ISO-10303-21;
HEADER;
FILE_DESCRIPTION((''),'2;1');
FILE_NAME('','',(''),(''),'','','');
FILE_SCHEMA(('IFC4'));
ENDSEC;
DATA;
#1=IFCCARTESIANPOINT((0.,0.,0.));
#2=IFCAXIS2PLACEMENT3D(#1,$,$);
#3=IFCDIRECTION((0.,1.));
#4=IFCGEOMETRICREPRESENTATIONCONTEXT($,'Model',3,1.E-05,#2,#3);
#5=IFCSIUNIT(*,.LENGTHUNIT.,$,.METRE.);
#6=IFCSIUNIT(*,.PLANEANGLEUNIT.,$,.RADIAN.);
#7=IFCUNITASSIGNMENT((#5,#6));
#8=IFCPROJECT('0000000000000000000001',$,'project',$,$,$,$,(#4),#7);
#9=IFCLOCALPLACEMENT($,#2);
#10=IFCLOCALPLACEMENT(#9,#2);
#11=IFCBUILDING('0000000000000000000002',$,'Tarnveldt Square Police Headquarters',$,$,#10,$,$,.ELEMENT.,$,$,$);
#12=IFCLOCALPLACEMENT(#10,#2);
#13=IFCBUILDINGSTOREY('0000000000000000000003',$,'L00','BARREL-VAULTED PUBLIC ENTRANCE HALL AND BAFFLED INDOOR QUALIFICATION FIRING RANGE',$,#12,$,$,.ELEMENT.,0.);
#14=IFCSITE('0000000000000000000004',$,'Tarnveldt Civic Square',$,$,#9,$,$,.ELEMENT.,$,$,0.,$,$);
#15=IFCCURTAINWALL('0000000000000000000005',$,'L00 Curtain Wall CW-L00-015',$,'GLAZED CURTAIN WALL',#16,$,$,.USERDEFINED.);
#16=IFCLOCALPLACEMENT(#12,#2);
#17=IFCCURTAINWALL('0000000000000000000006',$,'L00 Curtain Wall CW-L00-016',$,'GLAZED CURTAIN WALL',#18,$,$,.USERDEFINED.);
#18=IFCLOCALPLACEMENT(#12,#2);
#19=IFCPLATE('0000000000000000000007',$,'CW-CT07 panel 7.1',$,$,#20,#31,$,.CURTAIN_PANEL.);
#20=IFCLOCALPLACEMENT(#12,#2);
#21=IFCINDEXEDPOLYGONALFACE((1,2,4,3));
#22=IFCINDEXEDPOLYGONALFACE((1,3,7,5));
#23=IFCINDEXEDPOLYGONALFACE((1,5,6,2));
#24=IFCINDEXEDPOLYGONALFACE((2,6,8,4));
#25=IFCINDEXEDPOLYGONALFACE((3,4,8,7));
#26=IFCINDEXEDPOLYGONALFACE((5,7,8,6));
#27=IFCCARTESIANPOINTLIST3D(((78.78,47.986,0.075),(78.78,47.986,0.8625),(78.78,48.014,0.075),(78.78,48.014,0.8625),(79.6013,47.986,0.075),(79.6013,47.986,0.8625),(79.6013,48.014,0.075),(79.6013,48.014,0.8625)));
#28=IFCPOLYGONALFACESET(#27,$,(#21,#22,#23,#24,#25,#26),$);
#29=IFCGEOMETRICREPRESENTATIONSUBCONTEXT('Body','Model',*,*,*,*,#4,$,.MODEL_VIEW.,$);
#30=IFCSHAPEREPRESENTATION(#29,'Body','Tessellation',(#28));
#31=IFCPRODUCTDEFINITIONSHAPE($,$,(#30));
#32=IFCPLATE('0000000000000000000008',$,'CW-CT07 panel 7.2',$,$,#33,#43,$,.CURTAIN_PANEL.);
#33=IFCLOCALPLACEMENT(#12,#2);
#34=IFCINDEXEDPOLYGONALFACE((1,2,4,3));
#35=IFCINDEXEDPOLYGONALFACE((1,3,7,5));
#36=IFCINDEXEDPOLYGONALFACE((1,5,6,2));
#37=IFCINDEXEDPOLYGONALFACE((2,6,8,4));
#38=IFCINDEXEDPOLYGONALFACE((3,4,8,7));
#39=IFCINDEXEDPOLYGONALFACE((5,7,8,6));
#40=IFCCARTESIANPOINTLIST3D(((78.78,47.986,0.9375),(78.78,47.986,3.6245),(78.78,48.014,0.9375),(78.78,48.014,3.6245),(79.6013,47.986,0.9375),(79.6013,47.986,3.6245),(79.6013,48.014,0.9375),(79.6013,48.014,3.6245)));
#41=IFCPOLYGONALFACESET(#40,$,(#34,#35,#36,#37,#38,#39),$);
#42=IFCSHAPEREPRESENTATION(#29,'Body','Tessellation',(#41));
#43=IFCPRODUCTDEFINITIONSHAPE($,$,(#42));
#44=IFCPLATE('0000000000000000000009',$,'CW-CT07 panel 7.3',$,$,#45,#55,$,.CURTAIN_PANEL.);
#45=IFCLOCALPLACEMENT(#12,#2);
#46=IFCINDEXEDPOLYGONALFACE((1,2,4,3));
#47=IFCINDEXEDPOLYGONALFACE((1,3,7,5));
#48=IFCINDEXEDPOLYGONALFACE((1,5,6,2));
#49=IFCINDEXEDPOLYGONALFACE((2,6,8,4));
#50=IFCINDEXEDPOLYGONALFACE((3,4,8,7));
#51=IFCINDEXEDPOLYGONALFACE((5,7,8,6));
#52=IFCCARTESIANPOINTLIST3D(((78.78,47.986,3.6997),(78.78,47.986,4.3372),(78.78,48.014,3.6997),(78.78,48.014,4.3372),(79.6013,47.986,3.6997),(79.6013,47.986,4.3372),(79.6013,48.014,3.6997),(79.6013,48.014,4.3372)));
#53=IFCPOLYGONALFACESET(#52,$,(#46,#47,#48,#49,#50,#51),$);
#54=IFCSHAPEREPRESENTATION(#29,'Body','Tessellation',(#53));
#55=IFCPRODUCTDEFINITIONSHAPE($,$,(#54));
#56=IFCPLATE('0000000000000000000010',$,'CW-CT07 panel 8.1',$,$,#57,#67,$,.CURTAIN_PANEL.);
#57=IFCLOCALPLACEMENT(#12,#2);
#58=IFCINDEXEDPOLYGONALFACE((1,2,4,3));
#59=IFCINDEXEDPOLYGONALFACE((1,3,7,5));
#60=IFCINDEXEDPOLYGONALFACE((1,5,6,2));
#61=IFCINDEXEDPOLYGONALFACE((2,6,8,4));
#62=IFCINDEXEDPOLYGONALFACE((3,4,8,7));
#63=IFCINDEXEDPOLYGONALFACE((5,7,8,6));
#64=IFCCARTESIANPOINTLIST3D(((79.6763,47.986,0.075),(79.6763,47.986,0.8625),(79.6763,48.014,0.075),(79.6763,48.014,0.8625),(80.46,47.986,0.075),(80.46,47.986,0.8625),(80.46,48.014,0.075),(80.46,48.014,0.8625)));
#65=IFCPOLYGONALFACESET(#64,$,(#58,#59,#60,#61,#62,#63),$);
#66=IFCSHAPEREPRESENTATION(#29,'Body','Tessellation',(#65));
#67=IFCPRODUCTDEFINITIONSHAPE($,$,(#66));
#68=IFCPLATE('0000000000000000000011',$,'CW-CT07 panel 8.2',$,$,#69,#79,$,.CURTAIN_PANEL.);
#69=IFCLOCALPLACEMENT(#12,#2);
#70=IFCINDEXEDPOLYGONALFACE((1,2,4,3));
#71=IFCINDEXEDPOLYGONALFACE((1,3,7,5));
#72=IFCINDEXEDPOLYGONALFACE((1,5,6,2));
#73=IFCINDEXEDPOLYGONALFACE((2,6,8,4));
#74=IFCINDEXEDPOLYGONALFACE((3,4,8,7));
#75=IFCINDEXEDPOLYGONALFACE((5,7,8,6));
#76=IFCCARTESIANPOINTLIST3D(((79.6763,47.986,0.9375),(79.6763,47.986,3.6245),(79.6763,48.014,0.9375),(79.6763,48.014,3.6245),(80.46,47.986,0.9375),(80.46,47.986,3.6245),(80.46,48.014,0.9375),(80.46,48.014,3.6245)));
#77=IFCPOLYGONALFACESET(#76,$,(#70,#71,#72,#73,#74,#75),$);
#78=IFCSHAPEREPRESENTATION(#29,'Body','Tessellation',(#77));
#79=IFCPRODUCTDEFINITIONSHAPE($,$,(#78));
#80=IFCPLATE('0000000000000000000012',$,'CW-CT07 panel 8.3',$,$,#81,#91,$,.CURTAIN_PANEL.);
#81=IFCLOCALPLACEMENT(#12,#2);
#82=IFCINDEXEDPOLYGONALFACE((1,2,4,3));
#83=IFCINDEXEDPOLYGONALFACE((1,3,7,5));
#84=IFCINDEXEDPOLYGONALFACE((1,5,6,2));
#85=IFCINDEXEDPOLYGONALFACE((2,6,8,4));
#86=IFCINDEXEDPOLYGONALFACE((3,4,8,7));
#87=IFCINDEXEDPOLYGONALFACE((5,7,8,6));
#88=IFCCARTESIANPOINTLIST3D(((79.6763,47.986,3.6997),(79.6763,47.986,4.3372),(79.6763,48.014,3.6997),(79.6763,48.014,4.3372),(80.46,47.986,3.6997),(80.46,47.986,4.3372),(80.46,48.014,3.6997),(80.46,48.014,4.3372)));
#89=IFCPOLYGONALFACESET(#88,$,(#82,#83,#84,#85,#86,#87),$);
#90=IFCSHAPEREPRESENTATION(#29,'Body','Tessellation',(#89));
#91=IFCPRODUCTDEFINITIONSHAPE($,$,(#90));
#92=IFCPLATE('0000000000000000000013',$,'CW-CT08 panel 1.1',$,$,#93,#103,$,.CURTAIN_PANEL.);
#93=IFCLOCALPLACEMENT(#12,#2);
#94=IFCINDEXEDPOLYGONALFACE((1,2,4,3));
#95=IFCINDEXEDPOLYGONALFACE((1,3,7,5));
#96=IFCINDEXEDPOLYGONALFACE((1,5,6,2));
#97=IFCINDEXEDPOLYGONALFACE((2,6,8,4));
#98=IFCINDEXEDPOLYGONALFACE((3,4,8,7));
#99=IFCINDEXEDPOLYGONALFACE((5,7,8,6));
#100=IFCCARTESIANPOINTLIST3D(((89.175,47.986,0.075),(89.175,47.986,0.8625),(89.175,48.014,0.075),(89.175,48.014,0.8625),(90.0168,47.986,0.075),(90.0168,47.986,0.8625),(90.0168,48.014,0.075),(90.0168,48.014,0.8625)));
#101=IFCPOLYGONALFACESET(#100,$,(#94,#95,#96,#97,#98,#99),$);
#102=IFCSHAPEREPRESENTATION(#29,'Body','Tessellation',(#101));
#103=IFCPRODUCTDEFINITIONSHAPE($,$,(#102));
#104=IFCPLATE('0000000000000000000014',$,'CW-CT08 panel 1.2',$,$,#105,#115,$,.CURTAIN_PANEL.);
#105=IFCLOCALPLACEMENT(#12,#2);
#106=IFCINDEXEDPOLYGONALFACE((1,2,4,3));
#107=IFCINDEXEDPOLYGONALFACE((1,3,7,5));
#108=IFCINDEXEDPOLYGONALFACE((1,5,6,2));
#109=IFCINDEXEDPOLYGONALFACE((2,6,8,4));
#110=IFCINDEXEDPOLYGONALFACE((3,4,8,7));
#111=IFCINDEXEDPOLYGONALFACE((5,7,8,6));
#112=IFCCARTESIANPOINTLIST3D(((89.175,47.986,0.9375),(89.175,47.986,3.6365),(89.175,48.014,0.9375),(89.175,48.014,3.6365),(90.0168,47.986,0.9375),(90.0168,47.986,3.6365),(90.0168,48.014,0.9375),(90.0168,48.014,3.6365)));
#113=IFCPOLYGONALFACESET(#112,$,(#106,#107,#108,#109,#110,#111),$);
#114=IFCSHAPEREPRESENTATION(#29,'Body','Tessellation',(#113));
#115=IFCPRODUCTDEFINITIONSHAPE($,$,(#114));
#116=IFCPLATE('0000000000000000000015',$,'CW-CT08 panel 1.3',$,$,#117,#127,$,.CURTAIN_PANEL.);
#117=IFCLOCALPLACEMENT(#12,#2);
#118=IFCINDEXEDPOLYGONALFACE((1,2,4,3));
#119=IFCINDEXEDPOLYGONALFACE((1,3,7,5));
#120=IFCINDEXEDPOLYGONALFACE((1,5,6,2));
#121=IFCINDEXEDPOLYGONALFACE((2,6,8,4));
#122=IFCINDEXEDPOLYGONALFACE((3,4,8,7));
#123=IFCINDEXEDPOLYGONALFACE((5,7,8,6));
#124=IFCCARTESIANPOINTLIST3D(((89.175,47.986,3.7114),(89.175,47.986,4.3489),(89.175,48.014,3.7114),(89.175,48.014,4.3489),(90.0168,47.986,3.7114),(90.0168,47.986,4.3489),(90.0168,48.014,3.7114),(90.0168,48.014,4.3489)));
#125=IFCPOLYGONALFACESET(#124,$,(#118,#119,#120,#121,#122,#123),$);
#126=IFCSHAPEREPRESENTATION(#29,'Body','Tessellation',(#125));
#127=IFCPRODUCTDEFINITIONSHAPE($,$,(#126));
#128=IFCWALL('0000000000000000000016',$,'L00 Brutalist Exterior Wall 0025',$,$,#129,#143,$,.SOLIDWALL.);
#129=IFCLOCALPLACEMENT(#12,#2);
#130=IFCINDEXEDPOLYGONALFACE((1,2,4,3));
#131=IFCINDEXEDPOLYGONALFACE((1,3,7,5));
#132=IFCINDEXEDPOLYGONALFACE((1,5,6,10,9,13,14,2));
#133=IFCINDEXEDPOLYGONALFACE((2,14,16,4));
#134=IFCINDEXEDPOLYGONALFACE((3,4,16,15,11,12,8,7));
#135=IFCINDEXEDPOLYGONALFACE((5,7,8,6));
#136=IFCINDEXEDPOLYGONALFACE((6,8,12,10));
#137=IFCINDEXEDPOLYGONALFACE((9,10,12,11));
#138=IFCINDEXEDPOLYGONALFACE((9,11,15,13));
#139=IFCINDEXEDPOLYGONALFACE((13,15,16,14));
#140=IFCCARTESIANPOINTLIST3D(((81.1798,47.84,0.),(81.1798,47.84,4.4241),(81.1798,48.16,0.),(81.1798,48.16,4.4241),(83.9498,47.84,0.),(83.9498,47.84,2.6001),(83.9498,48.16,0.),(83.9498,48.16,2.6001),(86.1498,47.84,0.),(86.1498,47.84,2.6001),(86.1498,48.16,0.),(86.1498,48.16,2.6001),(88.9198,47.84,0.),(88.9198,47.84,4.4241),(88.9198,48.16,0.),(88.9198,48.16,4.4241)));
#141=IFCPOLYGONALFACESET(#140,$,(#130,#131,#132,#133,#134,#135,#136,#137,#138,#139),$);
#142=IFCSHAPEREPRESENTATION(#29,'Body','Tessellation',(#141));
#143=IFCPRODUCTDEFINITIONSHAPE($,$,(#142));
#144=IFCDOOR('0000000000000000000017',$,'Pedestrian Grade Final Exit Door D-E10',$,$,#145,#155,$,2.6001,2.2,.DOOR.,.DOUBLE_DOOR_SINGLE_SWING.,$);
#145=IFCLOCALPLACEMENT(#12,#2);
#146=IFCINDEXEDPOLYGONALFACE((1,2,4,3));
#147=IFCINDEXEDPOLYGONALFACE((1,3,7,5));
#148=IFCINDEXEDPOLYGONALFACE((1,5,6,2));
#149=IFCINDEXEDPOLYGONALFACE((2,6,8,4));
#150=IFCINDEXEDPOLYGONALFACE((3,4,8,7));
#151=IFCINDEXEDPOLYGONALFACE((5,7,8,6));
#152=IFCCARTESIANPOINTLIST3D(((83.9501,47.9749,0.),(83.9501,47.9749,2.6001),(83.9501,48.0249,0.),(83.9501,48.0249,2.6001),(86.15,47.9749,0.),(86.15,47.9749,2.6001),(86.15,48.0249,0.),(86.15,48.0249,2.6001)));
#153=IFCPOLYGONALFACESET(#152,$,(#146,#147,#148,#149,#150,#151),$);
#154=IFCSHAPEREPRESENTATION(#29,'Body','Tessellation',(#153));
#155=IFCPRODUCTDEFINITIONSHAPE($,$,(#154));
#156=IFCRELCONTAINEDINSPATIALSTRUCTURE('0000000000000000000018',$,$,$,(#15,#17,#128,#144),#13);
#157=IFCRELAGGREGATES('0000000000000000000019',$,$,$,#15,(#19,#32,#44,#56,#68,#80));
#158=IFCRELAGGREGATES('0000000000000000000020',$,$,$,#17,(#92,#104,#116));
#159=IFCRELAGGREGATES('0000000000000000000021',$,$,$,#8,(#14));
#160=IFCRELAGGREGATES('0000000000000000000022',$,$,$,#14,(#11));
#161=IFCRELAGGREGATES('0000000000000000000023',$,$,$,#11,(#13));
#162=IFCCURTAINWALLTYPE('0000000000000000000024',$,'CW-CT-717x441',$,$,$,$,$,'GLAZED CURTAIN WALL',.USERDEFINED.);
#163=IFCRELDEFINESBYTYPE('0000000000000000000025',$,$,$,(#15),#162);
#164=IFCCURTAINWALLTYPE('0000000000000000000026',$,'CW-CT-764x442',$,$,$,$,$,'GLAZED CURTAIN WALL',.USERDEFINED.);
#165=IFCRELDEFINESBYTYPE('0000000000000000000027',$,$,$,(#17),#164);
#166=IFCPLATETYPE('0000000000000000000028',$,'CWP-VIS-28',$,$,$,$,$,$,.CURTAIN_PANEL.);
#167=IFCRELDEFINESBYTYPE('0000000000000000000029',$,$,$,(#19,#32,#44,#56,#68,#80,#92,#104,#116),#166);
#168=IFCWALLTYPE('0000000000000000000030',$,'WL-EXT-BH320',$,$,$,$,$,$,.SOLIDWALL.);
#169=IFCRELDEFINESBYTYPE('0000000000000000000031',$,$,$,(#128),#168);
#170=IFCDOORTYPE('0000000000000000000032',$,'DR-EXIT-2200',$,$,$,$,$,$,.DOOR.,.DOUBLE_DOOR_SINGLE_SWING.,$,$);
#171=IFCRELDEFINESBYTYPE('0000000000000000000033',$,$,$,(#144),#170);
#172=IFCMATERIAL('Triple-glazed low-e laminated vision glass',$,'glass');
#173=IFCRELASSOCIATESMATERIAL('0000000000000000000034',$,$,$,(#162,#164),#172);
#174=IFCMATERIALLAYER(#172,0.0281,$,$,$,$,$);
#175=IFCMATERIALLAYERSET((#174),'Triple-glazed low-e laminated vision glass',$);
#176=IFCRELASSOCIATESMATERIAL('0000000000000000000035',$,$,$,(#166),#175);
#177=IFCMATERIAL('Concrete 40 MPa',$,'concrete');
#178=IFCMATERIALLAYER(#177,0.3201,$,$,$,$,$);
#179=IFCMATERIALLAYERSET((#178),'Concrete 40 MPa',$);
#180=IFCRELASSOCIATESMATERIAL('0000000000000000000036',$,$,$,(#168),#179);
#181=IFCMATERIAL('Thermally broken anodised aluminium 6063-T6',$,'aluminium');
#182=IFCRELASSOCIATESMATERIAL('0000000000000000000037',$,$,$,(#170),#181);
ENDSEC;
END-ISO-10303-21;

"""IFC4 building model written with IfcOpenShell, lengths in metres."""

from ifc_helpers import new_model, si_unit, direction, frame, frame_2d, origin, origin_2d, place, context, subcontext, project, spatial, rectangle, extrude, material, layer, layer_set, type_object, element, fill, aggregate, save


model = new_model("IFC4")

# Units and contexts
model_context = context("Model", 3, precision=1e-05, world=origin(), true_north=direction((0.0, 1.0)))
body_context = subcontext(model_context, "Body", "Model", "MODEL_VIEW")
ifc_project = project(units=[si_unit("LENGTHUNIT", "METRE"), si_unit("PLANEANGLEUNIT", "RADIAN")], contexts=[model_context])

# Site, building, storey
site_placement = place(None, origin())
site = spatial("IfcSite", under=ifc_project, at=site_placement, Name="Tarnveldt Civic Square", CompositionType="ELEMENT", RefElevation=0.0)
building_placement = place(site_placement, origin())
building = spatial("IfcBuilding", under=site, at=building_placement, Name="Tarnveldt Square Police Headquarters", CompositionType="ELEMENT")
storey_placement = place(building_placement, origin())
storey = spatial("IfcBuildingStorey", under=building, at=storey_placement, Name="L00", Description="BARREL-VAULTED PUBLIC ENTRANCE HALL AND BAFFLED INDOOR QUALIFICATION FIRING RANGE", CompositionType="ELEMENT", Elevation=0.0)

# Curtain wall
ifc_material_1 = material(Name="Triple-glazed low-e laminated vision glass", Category="glass")
curtain_wall_type_1 = type_object("IfcCurtainWallType", Name="CW-CT-717x441", ElementType="GLAZED CURTAIN WALL", PredefinedType="USERDEFINED", material=ifc_material_1)
curtain_wall_1_placement = place(storey_placement, origin())
curtain_wall_1 = element("IfcCurtainWall", 1, at=curtain_wall_1_placement, inside=storey, type_object=curtain_wall_type_1, Name="L00 Curtain Wall CW-L00-015", ObjectType="GLAZED CURTAIN WALL", PredefinedType="USERDEFINED")
ifc_material_2 = material(Name="Thermally broken anodised aluminium 6063-T6", Category="aluminium")

# Curtain wall
curtain_wall_type_2 = type_object("IfcCurtainWallType", Name="CW-CT-764x442", ElementType="GLAZED CURTAIN WALL", PredefinedType="USERDEFINED", material=ifc_material_1)
curtain_wall_2_placement = place(storey_placement, origin())
curtain_wall_2 = element("IfcCurtainWall", 2, at=curtain_wall_2_placement, inside=storey, type_object=curtain_wall_type_2, Name="L00 Curtain Wall CW-L00-016", ObjectType="GLAZED CURTAIN WALL", PredefinedType="USERDEFINED")

# Plates
ifc_layer_1 = layer(ifc_material_1, 0.0281)
ifc_layer_set_1 = layer_set([ifc_layer_1], Name="Triple-glazed low-e laminated vision glass")
plate_type = type_object("IfcPlateType", Name="CWP-VIS-28", PredefinedType="CURTAIN_PANEL", material=ifc_layer_set_1)
plate_1_placement = place(storey_placement, frame((79.1907, 48.0, 0.075), z_axis=(0.0, 0.0, 1.0), x_axis=(1.0, 0.0, 0.0)))
plate_1 = element("IfcPlate", 3, at=plate_1_placement, type_object=plate_type, Name="CW-CT07 panel 7.1", PredefinedType="CURTAIN_PANEL", context=body_context, shape_type="SweptSolid", body=[
    extrude(rectangle(XDim=0.8213, YDim=0.0281, at=origin_2d()), origin(), (0.0, 0.0, 1.0), 0.7876),
])
plate_2_placement = place(storey_placement, frame((79.1907, 48.0, 0.9375), z_axis=(0.0, 0.0, 1.0), x_axis=(1.0, 0.0, 0.0)))
plate_2 = element("IfcPlate", 4, at=plate_2_placement, type_object=plate_type, Name="CW-CT07 panel 7.2", PredefinedType="CURTAIN_PANEL", context=body_context, shape_type="SweptSolid", body=[
    extrude(rectangle(XDim=0.8213, YDim=0.0281, at=origin_2d()), origin(), (0.0, 0.0, 1.0), 2.687),
])
plate_3_placement = place(storey_placement, frame((79.1907, 48.0, 3.6997), z_axis=(0.0, 0.0, 1.0), x_axis=(1.0, 0.0, 0.0)))
plate_3 = element("IfcPlate", 5, at=plate_3_placement, type_object=plate_type, Name="CW-CT07 panel 7.3", PredefinedType="CURTAIN_PANEL", context=body_context, shape_type="SweptSolid", body=[
    extrude(rectangle(XDim=0.8213, YDim=0.0281, at=origin_2d()), origin(), (0.0, 0.0, 1.0), 0.6375),
])
plate_4_placement = place(storey_placement, frame((80.0681, 48.0, 0.075), z_axis=(0.0, 0.0, 1.0), x_axis=(1.0, 0.0, 0.0)))
plate_4 = element("IfcPlate", 6, at=plate_4_placement, type_object=plate_type, Name="CW-CT07 panel 8.1", PredefinedType="CURTAIN_PANEL", context=body_context, shape_type="SweptSolid", body=[
    extrude(rectangle(XDim=0.7837, YDim=0.0281, at=origin_2d()), origin(), (0.0, 0.0, 1.0), 0.7876),
])
plate_5_placement = place(storey_placement, frame((80.0681, 48.0, 0.9375), z_axis=(0.0, 0.0, 1.0), x_axis=(1.0, 0.0, 0.0)))
plate_5 = element("IfcPlate", 7, at=plate_5_placement, type_object=plate_type, Name="CW-CT07 panel 8.2", PredefinedType="CURTAIN_PANEL", context=body_context, shape_type="SweptSolid", body=[
    extrude(rectangle(XDim=0.7837, YDim=0.0281, at=origin_2d()), origin(), (0.0, 0.0, 1.0), 2.687),
])
plate_6_placement = place(storey_placement, frame((80.0681, 48.0, 3.6997), z_axis=(0.0, 0.0, 1.0), x_axis=(1.0, 0.0, 0.0)))
plate_6 = element("IfcPlate", 8, at=plate_6_placement, type_object=plate_type, Name="CW-CT07 panel 8.3", PredefinedType="CURTAIN_PANEL", context=body_context, shape_type="SweptSolid", body=[
    extrude(rectangle(XDim=0.7837, YDim=0.0281, at=origin_2d()), origin(), (0.0, 0.0, 1.0), 0.6375),
])
aggregate(curtain_wall_1, [plate_1, plate_2, plate_3, plate_4, plate_5, plate_6])
plate_7_placement = place(storey_placement, frame((89.5959, 48.0, 0.075), z_axis=(0.0, 0.0, 1.0), x_axis=(1.0, 0.0, 0.0)))
plate_7 = element("IfcPlate", 9, at=plate_7_placement, type_object=plate_type, Name="CW-CT08 panel 1.1", PredefinedType="CURTAIN_PANEL", context=body_context, shape_type="SweptSolid", body=[
    extrude(rectangle(XDim=0.8418, YDim=0.0281, at=origin_2d()), origin(), (0.0, 0.0, 1.0), 0.7876),
])
plate_8_placement = place(storey_placement, frame((89.5959, 48.0, 0.9375), z_axis=(0.0, 0.0, 1.0), x_axis=(1.0, 0.0, 0.0)))
plate_8 = element("IfcPlate", 10, at=plate_8_placement, type_object=plate_type, Name="CW-CT08 panel 1.2", PredefinedType="CURTAIN_PANEL", context=body_context, shape_type="SweptSolid", body=[
    extrude(rectangle(XDim=0.8418, YDim=0.0281, at=origin_2d()), origin(), (0.0, 0.0, 1.0), 2.699),
])
plate_9_placement = place(storey_placement, frame((89.5959, 48.0, 3.7114), z_axis=(0.0, 0.0, 1.0), x_axis=(1.0, 0.0, 0.0)))
plate_9 = element("IfcPlate", 11, at=plate_9_placement, type_object=plate_type, Name="CW-CT08 panel 1.3", PredefinedType="CURTAIN_PANEL", context=body_context, shape_type="SweptSolid", body=[
    extrude(rectangle(XDim=0.8418, YDim=0.0281, at=origin_2d()), origin(), (0.0, 0.0, 1.0), 0.6375),
])
aggregate(curtain_wall_2, [plate_7, plate_8, plate_9])

# Wall, opening, door
ifc_material_3 = material(Name="Concrete 40 MPa", Category="concrete")
ifc_layer_2 = layer(ifc_material_3, 0.3201)
ifc_layer_set_2 = layer_set([ifc_layer_2], Name="Concrete 40 MPa")
wall_type = type_object("IfcWallType", Name="WL-EXT-BH320", PredefinedType="SOLIDWALL", material=ifc_layer_set_2)
wall_placement = place(storey_placement, frame((88.9199, 48.0, 0.0), z_axis=(0.0, 0.0, 1.0), x_axis=(-1.0, 0.0, 0.0)))
wall = element("IfcWall", 12, at=wall_placement, inside=storey, type_object=wall_type, Name="L00 Brutalist Exterior Wall 0025", PredefinedType="SOLIDWALL", context=body_context, shape_type="SweptSolid", body=[
    extrude(rectangle(XDim=7.74, YDim=0.3201, at=frame_2d((3.8701, 0.0))), origin(), (0.0, 0.0, 1.0), 4.4241),
])
opening_placement = place(wall_placement, frame((2.77, 0.0, 0.0)))
opening = element("IfcOpeningElement", 13, at=opening_placement, cuts=wall, PredefinedType="OPENING", context=body_context, shape_type="SweptSolid", body=[
    extrude(rectangle(XDim=2.2, YDim=2.6001, at=frame_2d((1.1001, 1.3))), frame((0.0, 0.1699, 0.0), z_axis=(0.0, -1.0, 0.0), x_axis=(1.0, 0.0, 0.0)), (0.0, 0.0, 1.0), 0.3401),
])
door_type = type_object("IfcDoorType", Name="DR-EXIT-2200", OperationType="DOUBLE_DOOR_SINGLE_SWING", PredefinedType="DOOR", material=ifc_material_2)
door_placement = place(opening_placement, frame((2.2, 0.0, 0.0), z_axis=(0.0, 0.0, 1.0), x_axis=(-1.0, 0.0, 0.0)))
door = element("IfcDoor", 14, at=door_placement, inside=storey, type_object=door_type, Name="Pedestrian Grade Final Exit Door D-E10", OperationType="DOUBLE_DOOR_SINGLE_SWING", OverallHeight=2.6001, OverallWidth=2.2, PredefinedType="DOOR", context=body_context, shape_type="SweptSolid", body=[
    extrude(rectangle(XDim=2.2, YDim=2.6001, at=frame_2d((1.1001, 1.3))), frame((0.0, 0.0249, 0.0), z_axis=(0.0, -1.0, 0.0), x_axis=(1.0, 0.0, 0.0)), (0.0, 0.0, 1.0), 0.05),
])
fill(opening, door)

save(model, "model.ifc")
